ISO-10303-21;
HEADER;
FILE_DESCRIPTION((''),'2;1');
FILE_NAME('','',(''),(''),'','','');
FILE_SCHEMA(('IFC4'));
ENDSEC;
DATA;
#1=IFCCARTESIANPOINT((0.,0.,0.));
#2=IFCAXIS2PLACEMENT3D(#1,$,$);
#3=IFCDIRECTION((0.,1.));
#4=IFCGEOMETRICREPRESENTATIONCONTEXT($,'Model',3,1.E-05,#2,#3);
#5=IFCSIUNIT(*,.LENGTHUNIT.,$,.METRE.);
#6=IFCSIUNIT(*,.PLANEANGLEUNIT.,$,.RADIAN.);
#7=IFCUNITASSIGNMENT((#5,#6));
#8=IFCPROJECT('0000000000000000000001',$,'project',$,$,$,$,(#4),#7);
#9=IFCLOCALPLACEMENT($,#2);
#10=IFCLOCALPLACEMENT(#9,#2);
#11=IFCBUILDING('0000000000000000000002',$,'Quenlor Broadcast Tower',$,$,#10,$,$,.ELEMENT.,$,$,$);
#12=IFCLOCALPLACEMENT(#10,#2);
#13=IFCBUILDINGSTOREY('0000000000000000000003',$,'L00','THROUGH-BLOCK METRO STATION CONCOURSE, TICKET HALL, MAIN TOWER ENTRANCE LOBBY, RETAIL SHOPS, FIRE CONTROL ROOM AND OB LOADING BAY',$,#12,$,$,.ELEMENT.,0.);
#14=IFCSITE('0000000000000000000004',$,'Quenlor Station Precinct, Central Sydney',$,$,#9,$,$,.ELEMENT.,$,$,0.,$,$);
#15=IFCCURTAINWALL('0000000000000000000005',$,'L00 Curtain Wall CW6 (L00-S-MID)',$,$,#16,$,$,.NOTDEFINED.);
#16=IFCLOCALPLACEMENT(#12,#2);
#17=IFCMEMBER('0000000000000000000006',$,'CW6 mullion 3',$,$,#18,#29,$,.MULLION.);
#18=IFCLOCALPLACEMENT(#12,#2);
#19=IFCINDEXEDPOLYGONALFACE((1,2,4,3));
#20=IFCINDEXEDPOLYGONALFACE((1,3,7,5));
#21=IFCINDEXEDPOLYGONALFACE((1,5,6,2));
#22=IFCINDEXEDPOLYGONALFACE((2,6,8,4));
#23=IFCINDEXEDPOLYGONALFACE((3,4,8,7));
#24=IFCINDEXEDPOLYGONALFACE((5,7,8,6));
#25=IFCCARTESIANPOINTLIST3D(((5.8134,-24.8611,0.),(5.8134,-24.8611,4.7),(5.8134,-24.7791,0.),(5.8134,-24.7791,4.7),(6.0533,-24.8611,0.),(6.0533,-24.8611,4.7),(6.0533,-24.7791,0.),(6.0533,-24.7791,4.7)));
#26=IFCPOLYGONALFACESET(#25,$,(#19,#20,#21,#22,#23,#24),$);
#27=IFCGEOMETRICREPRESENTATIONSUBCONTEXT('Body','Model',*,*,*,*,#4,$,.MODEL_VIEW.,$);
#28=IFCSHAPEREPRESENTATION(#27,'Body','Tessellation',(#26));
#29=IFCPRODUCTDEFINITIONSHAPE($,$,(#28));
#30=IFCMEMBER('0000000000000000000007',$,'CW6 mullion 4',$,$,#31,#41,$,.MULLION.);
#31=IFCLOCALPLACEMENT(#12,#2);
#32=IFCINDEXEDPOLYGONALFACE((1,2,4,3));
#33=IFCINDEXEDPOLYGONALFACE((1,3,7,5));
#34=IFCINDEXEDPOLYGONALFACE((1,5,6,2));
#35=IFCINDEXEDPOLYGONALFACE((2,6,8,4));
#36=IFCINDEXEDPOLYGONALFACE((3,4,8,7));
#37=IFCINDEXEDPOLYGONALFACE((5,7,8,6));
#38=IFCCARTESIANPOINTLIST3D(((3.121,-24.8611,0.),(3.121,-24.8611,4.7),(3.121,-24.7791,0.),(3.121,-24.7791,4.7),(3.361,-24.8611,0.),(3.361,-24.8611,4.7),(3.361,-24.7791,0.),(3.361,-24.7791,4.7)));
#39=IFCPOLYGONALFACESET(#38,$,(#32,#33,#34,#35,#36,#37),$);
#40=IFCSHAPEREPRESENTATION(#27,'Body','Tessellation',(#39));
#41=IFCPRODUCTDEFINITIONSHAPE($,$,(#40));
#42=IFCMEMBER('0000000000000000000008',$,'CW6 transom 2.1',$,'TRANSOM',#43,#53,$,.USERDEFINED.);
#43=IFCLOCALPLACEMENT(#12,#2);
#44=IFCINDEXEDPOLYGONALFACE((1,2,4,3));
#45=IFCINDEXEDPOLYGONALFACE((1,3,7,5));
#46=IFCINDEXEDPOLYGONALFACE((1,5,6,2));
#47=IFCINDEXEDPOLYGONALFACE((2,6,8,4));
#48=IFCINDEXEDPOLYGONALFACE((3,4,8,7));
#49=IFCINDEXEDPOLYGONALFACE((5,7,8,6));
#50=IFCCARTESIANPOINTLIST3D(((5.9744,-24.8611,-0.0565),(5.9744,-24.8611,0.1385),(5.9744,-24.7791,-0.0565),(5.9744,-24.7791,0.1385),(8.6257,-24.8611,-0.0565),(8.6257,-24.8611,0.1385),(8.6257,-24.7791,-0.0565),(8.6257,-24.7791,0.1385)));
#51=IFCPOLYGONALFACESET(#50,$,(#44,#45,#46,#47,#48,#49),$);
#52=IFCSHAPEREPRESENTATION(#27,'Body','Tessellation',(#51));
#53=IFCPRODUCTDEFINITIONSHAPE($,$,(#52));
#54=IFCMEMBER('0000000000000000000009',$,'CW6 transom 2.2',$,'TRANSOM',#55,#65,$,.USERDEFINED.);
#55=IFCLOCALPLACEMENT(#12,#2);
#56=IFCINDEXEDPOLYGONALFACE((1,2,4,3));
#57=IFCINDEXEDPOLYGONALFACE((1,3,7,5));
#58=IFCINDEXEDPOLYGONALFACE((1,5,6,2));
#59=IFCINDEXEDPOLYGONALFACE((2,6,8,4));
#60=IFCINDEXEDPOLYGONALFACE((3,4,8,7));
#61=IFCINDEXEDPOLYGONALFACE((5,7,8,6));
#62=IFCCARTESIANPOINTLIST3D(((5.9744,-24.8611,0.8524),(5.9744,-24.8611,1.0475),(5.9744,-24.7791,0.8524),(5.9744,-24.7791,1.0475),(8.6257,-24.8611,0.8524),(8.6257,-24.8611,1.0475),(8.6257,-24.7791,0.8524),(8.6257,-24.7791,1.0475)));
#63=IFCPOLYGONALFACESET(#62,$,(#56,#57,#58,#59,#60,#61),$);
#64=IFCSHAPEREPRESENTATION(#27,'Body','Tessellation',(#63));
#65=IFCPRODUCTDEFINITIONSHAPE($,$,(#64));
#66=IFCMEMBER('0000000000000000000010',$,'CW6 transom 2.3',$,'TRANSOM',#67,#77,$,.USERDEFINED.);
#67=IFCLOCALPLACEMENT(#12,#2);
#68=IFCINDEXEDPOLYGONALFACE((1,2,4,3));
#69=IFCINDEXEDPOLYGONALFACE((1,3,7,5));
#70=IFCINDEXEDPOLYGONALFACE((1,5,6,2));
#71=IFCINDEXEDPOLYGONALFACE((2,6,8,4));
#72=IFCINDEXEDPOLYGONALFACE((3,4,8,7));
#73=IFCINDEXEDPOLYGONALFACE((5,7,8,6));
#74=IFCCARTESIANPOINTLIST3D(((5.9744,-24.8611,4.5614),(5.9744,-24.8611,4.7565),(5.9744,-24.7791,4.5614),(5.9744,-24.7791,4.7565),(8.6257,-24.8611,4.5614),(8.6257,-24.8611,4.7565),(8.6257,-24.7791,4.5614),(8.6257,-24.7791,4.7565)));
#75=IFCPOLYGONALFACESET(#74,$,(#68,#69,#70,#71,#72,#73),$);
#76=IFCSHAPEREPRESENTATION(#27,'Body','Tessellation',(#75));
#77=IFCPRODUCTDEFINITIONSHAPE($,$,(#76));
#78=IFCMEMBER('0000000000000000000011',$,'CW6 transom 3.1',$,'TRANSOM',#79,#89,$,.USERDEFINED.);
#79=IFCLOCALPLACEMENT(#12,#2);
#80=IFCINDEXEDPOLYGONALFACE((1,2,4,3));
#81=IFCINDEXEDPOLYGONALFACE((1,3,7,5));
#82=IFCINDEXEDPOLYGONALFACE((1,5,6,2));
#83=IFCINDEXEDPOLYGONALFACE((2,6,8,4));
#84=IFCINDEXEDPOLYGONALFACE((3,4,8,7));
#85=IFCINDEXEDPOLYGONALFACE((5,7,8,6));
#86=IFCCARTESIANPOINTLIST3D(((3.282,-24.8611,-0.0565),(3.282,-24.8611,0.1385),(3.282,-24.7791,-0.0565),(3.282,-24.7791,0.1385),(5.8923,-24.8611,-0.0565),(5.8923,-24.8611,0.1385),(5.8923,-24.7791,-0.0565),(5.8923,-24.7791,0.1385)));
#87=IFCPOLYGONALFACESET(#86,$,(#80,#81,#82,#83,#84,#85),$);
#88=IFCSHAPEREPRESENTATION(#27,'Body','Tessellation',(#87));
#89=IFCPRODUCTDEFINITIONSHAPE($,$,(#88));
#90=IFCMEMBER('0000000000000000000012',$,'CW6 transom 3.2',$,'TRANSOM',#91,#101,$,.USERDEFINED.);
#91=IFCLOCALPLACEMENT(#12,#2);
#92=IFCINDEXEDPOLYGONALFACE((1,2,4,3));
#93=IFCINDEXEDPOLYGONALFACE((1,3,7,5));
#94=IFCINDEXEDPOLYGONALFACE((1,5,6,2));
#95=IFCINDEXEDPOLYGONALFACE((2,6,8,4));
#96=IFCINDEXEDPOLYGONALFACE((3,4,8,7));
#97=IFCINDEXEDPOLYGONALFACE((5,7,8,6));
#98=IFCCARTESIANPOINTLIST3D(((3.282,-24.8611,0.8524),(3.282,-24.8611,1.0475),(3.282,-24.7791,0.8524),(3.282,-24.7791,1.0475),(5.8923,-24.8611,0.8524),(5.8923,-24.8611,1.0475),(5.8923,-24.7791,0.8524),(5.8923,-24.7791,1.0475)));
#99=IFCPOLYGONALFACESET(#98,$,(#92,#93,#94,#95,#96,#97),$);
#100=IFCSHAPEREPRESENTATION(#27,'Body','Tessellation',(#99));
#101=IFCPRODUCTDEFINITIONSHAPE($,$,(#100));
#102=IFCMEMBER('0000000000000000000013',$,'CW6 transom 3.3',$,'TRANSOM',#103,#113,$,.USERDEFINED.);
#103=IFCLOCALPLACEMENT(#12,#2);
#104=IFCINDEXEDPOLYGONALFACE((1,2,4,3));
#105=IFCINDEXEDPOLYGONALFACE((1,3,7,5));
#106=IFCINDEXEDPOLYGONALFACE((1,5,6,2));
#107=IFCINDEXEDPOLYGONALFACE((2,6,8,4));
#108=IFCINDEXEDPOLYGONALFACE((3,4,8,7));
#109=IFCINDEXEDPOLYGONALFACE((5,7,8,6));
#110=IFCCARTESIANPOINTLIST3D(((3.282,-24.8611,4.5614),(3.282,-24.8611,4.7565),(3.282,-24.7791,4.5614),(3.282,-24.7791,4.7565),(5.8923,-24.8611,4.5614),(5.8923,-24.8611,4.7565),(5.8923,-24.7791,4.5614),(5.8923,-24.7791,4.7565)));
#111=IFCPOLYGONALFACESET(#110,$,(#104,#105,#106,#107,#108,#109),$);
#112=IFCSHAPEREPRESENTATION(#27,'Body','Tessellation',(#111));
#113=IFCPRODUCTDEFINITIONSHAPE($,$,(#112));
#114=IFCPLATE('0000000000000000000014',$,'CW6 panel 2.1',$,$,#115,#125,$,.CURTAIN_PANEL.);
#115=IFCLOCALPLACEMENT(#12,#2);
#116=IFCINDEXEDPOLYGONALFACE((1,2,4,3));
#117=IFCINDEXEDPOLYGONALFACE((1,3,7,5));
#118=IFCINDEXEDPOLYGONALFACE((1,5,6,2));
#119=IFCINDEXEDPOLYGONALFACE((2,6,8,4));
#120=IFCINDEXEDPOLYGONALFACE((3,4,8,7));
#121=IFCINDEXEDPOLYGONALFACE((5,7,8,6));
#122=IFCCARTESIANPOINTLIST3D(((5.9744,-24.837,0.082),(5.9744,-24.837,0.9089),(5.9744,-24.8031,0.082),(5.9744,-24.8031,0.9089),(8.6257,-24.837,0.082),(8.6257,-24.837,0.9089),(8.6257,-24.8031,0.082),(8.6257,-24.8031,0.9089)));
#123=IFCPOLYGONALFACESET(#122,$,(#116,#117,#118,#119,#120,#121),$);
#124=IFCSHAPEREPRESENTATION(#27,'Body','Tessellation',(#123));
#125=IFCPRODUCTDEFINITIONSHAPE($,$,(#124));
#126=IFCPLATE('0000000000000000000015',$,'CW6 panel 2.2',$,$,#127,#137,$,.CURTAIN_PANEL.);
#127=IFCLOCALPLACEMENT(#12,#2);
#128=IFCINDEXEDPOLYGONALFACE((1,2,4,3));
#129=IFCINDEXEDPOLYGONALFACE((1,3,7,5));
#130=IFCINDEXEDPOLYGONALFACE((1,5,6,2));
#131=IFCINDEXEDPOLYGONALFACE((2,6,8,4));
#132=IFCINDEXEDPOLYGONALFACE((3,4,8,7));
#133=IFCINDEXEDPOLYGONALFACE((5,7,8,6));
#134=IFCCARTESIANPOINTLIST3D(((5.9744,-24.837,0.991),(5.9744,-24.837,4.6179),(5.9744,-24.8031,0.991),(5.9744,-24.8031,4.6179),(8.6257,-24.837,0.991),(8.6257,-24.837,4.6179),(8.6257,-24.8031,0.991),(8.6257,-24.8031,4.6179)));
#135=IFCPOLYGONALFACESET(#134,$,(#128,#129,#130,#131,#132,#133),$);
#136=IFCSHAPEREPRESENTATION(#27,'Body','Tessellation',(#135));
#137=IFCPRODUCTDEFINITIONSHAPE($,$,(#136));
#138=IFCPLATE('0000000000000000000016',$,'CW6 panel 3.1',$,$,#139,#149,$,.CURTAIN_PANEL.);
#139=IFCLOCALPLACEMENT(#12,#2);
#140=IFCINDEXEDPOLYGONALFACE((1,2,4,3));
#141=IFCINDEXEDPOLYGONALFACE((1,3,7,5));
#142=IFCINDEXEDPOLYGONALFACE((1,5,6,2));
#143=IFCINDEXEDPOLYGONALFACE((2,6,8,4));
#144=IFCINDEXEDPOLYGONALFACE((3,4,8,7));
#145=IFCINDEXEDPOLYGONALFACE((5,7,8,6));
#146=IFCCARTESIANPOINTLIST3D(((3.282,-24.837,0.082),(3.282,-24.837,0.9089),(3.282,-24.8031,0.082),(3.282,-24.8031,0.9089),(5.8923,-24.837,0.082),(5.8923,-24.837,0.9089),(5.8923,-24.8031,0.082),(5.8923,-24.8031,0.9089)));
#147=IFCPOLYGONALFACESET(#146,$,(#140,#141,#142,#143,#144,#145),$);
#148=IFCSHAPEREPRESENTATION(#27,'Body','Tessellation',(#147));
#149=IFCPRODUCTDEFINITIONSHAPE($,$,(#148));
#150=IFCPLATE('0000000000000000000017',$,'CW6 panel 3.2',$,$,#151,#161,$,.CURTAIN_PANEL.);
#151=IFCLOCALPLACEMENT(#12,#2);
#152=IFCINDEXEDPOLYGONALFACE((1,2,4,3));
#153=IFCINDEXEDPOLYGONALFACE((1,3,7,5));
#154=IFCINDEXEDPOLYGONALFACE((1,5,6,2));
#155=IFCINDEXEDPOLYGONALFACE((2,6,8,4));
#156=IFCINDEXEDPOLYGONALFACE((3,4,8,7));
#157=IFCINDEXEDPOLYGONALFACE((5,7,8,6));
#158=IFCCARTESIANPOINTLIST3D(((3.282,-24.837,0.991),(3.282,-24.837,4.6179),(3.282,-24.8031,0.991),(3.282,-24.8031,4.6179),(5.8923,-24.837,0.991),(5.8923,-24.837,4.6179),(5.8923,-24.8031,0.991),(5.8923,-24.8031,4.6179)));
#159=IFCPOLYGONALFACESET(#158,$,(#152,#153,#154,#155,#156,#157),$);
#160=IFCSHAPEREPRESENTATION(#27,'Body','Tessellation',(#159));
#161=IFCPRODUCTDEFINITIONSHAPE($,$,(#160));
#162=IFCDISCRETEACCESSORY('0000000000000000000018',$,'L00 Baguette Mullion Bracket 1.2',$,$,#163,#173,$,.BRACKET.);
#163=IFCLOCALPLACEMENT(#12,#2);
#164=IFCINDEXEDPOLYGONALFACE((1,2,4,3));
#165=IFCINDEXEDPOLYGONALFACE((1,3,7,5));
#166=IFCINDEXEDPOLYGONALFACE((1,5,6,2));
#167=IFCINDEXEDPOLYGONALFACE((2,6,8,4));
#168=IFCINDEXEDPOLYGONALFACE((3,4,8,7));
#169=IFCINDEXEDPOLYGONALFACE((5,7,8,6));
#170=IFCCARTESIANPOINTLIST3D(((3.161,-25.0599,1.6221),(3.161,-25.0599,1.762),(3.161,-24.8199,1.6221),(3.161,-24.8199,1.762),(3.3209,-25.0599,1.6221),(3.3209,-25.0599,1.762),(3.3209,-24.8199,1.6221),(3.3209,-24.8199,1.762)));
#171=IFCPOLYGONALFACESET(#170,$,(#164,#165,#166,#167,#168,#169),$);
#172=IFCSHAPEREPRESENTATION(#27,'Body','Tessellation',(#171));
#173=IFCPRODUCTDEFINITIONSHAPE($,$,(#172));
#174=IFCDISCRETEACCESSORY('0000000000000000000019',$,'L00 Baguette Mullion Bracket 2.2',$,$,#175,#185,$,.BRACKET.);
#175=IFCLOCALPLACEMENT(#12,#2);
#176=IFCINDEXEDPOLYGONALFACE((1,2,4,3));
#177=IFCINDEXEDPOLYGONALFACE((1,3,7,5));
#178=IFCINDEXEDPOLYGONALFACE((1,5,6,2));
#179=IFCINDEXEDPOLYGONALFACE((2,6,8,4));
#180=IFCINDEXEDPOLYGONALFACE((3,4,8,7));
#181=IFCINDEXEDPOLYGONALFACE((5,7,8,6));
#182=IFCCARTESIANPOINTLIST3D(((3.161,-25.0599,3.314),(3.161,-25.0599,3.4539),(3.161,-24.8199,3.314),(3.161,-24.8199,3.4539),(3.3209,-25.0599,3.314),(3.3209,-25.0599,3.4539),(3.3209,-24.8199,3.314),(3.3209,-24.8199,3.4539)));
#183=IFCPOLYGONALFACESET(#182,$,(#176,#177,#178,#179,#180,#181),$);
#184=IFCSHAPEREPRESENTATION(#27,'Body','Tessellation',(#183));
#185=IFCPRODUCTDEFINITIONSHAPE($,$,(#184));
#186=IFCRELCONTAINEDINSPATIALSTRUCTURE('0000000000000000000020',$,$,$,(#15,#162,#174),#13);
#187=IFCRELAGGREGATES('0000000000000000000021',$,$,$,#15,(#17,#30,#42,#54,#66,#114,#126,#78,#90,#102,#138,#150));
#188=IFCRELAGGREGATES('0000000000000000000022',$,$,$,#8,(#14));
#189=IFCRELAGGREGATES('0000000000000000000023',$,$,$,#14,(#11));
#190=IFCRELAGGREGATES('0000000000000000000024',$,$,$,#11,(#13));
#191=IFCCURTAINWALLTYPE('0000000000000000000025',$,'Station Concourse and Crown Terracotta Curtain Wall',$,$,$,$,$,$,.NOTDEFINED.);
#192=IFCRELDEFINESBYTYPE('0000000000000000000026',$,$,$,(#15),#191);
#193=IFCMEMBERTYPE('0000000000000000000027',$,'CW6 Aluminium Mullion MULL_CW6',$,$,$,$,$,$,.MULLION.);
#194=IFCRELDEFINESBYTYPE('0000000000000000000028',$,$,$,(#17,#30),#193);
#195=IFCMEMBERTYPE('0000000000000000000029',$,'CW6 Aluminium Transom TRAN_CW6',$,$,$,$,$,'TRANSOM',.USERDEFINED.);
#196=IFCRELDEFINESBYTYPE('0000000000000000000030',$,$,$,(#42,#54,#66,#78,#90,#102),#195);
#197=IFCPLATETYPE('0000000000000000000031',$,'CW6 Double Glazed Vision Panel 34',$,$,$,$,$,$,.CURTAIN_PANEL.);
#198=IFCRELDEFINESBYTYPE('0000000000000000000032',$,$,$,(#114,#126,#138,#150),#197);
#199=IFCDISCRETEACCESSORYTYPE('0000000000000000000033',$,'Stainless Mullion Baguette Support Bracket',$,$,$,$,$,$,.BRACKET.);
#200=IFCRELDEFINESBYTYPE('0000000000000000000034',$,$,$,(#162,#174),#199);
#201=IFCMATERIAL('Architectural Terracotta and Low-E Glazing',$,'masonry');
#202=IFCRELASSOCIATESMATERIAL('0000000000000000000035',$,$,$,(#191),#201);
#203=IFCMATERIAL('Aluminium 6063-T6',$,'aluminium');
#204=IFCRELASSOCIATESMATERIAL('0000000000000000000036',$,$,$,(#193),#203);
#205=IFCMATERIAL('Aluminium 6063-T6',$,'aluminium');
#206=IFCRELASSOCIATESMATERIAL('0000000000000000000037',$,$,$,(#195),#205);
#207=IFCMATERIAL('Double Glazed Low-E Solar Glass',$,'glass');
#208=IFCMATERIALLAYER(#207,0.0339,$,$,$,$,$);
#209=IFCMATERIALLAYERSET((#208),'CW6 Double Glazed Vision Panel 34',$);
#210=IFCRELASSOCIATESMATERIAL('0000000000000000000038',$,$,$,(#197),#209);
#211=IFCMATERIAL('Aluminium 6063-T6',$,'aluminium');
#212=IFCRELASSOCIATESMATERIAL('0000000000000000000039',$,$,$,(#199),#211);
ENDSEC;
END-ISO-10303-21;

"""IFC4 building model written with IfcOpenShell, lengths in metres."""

from ifc_helpers import new_model, si_unit, direction, frame, origin, origin_2d, place, context, subcontext, project, spatial, rectangle, extrude, material, layer, layer_set, material_profile, profile_set, type_object, element, aggregate, save


model = new_model("IFC4")

# Units and contexts
model_context = context("Model", 3, precision=1e-05, world=origin(), true_north=direction((0.0, 1.0)))
body_context = subcontext(model_context, "Body", "Model", "MODEL_VIEW")
ifc_project = project(units=[si_unit("LENGTHUNIT", "METRE"), si_unit("PLANEANGLEUNIT", "RADIAN")], contexts=[model_context])

# Site, building, storey
site_placement = place(None, origin())
site = spatial("IfcSite", under=ifc_project, at=site_placement, Name="Quenlor Station Precinct, Central Sydney", CompositionType="ELEMENT", RefElevation=0.0)
building_placement = place(site_placement, origin())
building = spatial("IfcBuilding", under=site, at=building_placement, Name="Quenlor Broadcast Tower", CompositionType="ELEMENT")
storey_placement = place(building_placement, origin())
storey = spatial("IfcBuildingStorey", under=building, at=storey_placement, Name="L00", Description="THROUGH-BLOCK METRO STATION CONCOURSE, TICKET HALL, MAIN TOWER ENTRANCE LOBBY, RETAIL SHOPS, FIRE CONTROL ROOM AND OB LOADING BAY", CompositionType="ELEMENT", Elevation=0.0)

# Curtain wall, members, plates
ifc_material_1 = material(Name="Architectural Terracotta and Low-E Glazing", Category="masonry")
curtain_wall_type = type_object("IfcCurtainWallType", Name="Station Concourse and Crown Terracotta Curtain Wall", PredefinedType="NOTDEFINED", material=ifc_material_1)
curtain_wall_placement = place(storey_placement, origin())
curtain_wall = element("IfcCurtainWall", 1, at=curtain_wall_placement, inside=storey, type_object=curtain_wall_type, Name="L00 Curtain Wall CW6 (L00-S-MID)", PredefinedType="NOTDEFINED")
ifc_material_2 = material(Name="Aluminium 6063-T6", Category="aluminium")
ifc_material_profile_1 = material_profile(ifc_material_2, rectangle(XDim=0.082, YDim=0.24, at=origin_2d()))
ifc_profile_set_1 = profile_set([ifc_material_profile_1], Name="Aluminium 6063-T6 MULL82x240")
member_type_1 = type_object("IfcMemberType", Name="CW6 Aluminium Mullion MULL_CW6", PredefinedType="MULLION", material=ifc_profile_set_1)
member_1_placement = place(storey_placement, frame((5.9333, -24.8201, 0.0), z_axis=(0.0, 0.0, 1.0), x_axis=(0.0, -1.0, 0.0)))
member_1 = element("IfcMember", 2, at=member_1_placement, type_object=member_type_1, Name="CW6 mullion 3", PredefinedType="MULLION", context=body_context, shape_type="SweptSolid", body=[
    extrude(rectangle(XDim=0.082, YDim=0.24, at=origin_2d()), origin(), (0.0, 0.0, 1.0), 4.7),
])
member_2_placement = place(storey_placement, frame((3.241, -24.8201, 0.0), z_axis=(0.0, 0.0, 1.0), x_axis=(0.0, -1.0, 0.0)))
member_2 = element("IfcMember", 3, at=member_2_placement, type_object=member_type_1, Name="CW6 mullion 4", PredefinedType="MULLION", context=body_context, shape_type="SweptSolid", body=[
    extrude(rectangle(XDim=0.082, YDim=0.24, at=origin_2d()), origin(), (0.0, 0.0, 1.0), 4.7),
])
ifc_material_3 = material(Name="Aluminium 6063-T6", Category="aluminium")
ifc_material_profile_2 = material_profile(ifc_material_3, rectangle(XDim=0.082, YDim=0.1951, at=origin_2d()))
ifc_profile_set_2 = profile_set([ifc_material_profile_2], Name="Aluminium 6063-T6 TRAN82x195")
member_type_2 = type_object("IfcMemberType", Name="CW6 Aluminium Transom TRAN_CW6", ElementType="TRANSOM", PredefinedType="USERDEFINED", material=ifc_profile_set_2)
member_3_placement = place(storey_placement, frame((8.6257, -24.8201, 0.041), z_axis=(-1.0, 0.0, 0.0), x_axis=(0.0, -1.0, 0.0)))
member_3 = element("IfcMember", 4, at=member_3_placement, type_object=member_type_2, Name="CW6 transom 2.1", ObjectType="TRANSOM", PredefinedType="USERDEFINED", context=body_context, shape_type="SweptSolid", body=[
    extrude(rectangle(XDim=0.082, YDim=0.1951, at=origin_2d()), origin(), (0.0, 0.0, 1.0), 2.6514),
])
member_4_placement = place(storey_placement, frame((8.6257, -24.8201, 0.95), z_axis=(-1.0, 0.0, 0.0), x_axis=(0.0, -1.0, 0.0)))
member_4 = element("IfcMember", 5, at=member_4_placement, type_object=member_type_2, Name="CW6 transom 2.2", ObjectType="TRANSOM", PredefinedType="USERDEFINED", context=body_context, shape_type="SweptSolid", body=[
    extrude(rectangle(XDim=0.082, YDim=0.1951, at=origin_2d()), origin(), (0.0, 0.0, 1.0), 2.6514),
])
member_5_placement = place(storey_placement, frame((8.6257, -24.8201, 4.6589), z_axis=(-1.0, 0.0, 0.0), x_axis=(0.0, -1.0, 0.0)))
member_5 = element("IfcMember", 6, at=member_5_placement, type_object=member_type_2, Name="CW6 transom 2.3", ObjectType="TRANSOM", PredefinedType="USERDEFINED", context=body_context, shape_type="SweptSolid", body=[
    extrude(rectangle(XDim=0.082, YDim=0.1951, at=origin_2d()), origin(), (0.0, 0.0, 1.0), 2.6514),
])
member_6_placement = place(storey_placement, frame((5.8923, -24.8201, 0.041), z_axis=(-1.0, 0.0, 0.0), x_axis=(0.0, -1.0, 0.0)))
member_6 = element("IfcMember", 7, at=member_6_placement, type_object=member_type_2, Name="CW6 transom 3.1", ObjectType="TRANSOM", PredefinedType="USERDEFINED", context=body_context, shape_type="SweptSolid", body=[
    extrude(rectangle(XDim=0.082, YDim=0.1951, at=origin_2d()), origin(), (0.0, 0.0, 1.0), 2.6104),
])
member_7_placement = place(storey_placement, frame((5.8923, -24.8201, 0.95), z_axis=(-1.0, 0.0, 0.0), x_axis=(0.0, -1.0, 0.0)))
member_7 = element("IfcMember", 8, at=member_7_placement, type_object=member_type_2, Name="CW6 transom 3.2", ObjectType="TRANSOM", PredefinedType="USERDEFINED", context=body_context, shape_type="SweptSolid", body=[
    extrude(rectangle(XDim=0.082, YDim=0.1951, at=origin_2d()), origin(), (0.0, 0.0, 1.0), 2.6104),
])
member_8_placement = place(storey_placement, frame((5.8923, -24.8201, 4.6589), z_axis=(-1.0, 0.0, 0.0), x_axis=(0.0, -1.0, 0.0)))
member_8 = element("IfcMember", 9, at=member_8_placement, type_object=member_type_2, Name="CW6 transom 3.3", ObjectType="TRANSOM", PredefinedType="USERDEFINED", context=body_context, shape_type="SweptSolid", body=[
    extrude(rectangle(XDim=0.082, YDim=0.1951, at=origin_2d()), origin(), (0.0, 0.0, 1.0), 2.6104),
])
ifc_material_4 = material(Name="Double Glazed Low-E Solar Glass", Category="glass")
ifc_layer_1 = layer(ifc_material_4, 0.0339)
ifc_layer_set_1 = layer_set([ifc_layer_1], Name="CW6 Double Glazed Vision Panel 34")
plate_type = type_object("IfcPlateType", Name="CW6 Double Glazed Vision Panel 34", PredefinedType="CURTAIN_PANEL", material=ifc_layer_set_1)
plate_1_placement = place(storey_placement, frame((7.3, -24.8201, 0.082), z_axis=(0.0, 0.0, 1.0), x_axis=(-1.0, 0.0, 0.0)))
plate_1 = element("IfcPlate", 10, at=plate_1_placement, type_object=plate_type, Name="CW6 panel 2.1", PredefinedType="CURTAIN_PANEL", context=body_context, shape_type="SweptSolid", body=[
    extrude(rectangle(XDim=2.6514, YDim=0.0339, at=origin_2d()), origin(), (0.0, 0.0, 1.0), 0.8269),
])
plate_2_placement = place(storey_placement, frame((7.3, -24.8201, 0.991), z_axis=(0.0, 0.0, 1.0), x_axis=(-1.0, 0.0, 0.0)))
plate_2 = element("IfcPlate", 11, at=plate_2_placement, type_object=plate_type, Name="CW6 panel 2.2", PredefinedType="CURTAIN_PANEL", context=body_context, shape_type="SweptSolid", body=[
    extrude(rectangle(XDim=2.6514, YDim=0.0339, at=origin_2d()), origin(), (0.0, 0.0, 1.0), 3.627),
])
plate_3_placement = place(storey_placement, frame((4.5872, -24.8201, 0.082), z_axis=(0.0, 0.0, 1.0), x_axis=(-1.0, 0.0, 0.0)))
plate_3 = element("IfcPlate", 12, at=plate_3_placement, type_object=plate_type, Name="CW6 panel 3.1", PredefinedType="CURTAIN_PANEL", context=body_context, shape_type="SweptSolid", body=[
    extrude(rectangle(XDim=2.6104, YDim=0.0339, at=origin_2d()), origin(), (0.0, 0.0, 1.0), 0.8269),
])
plate_4_placement = place(storey_placement, frame((4.5872, -24.8201, 0.991), z_axis=(0.0, 0.0, 1.0), x_axis=(-1.0, 0.0, 0.0)))
plate_4 = element("IfcPlate", 13, at=plate_4_placement, type_object=plate_type, Name="CW6 panel 3.2", PredefinedType="CURTAIN_PANEL", context=body_context, shape_type="SweptSolid", body=[
    extrude(rectangle(XDim=2.6104, YDim=0.0339, at=origin_2d()), origin(), (0.0, 0.0, 1.0), 3.627),
])
aggregate(curtain_wall, [member_1, member_2, member_3, member_4, member_5, plate_1, plate_2, member_6, member_7, member_8, plate_3, plate_4])

# Discrete accessories
ifc_material_5 = material(Name="Aluminium 6063-T6", Category="aluminium")
discrete_accessory_type = type_object("IfcDiscreteAccessoryType", Name="Stainless Mullion Baguette Support Bracket", PredefinedType="BRACKET", material=ifc_material_5)
for number, where, z_axis, x_axis, name in (
    (14, (3.241, -24.9399, 1.6221), (0.0, 0.0, 1.0), (-1.0, 0.0, 0.0), "L00 Baguette Mullion Bracket 1.2"),
    (15, (3.241, -24.9399, 3.314), (0.0, 0.0, 1.0), (-1.0, 0.0, 0.0), "L00 Baguette Mullion Bracket 2.2"),
):
    element("IfcDiscreteAccessory", number, at=place(storey_placement, frame(where, z_axis=z_axis, x_axis=x_axis)), inside=storey, type_object=discrete_accessory_type, Name=name, PredefinedType="BRACKET", context=body_context, shape_type="SweptSolid", body=[
        extrude(rectangle(XDim=0.1599, YDim=0.24, at=origin_2d()), origin(), (0.0, 0.0, 1.0), 0.1399),
    ])

save(model, "model.ifc")
